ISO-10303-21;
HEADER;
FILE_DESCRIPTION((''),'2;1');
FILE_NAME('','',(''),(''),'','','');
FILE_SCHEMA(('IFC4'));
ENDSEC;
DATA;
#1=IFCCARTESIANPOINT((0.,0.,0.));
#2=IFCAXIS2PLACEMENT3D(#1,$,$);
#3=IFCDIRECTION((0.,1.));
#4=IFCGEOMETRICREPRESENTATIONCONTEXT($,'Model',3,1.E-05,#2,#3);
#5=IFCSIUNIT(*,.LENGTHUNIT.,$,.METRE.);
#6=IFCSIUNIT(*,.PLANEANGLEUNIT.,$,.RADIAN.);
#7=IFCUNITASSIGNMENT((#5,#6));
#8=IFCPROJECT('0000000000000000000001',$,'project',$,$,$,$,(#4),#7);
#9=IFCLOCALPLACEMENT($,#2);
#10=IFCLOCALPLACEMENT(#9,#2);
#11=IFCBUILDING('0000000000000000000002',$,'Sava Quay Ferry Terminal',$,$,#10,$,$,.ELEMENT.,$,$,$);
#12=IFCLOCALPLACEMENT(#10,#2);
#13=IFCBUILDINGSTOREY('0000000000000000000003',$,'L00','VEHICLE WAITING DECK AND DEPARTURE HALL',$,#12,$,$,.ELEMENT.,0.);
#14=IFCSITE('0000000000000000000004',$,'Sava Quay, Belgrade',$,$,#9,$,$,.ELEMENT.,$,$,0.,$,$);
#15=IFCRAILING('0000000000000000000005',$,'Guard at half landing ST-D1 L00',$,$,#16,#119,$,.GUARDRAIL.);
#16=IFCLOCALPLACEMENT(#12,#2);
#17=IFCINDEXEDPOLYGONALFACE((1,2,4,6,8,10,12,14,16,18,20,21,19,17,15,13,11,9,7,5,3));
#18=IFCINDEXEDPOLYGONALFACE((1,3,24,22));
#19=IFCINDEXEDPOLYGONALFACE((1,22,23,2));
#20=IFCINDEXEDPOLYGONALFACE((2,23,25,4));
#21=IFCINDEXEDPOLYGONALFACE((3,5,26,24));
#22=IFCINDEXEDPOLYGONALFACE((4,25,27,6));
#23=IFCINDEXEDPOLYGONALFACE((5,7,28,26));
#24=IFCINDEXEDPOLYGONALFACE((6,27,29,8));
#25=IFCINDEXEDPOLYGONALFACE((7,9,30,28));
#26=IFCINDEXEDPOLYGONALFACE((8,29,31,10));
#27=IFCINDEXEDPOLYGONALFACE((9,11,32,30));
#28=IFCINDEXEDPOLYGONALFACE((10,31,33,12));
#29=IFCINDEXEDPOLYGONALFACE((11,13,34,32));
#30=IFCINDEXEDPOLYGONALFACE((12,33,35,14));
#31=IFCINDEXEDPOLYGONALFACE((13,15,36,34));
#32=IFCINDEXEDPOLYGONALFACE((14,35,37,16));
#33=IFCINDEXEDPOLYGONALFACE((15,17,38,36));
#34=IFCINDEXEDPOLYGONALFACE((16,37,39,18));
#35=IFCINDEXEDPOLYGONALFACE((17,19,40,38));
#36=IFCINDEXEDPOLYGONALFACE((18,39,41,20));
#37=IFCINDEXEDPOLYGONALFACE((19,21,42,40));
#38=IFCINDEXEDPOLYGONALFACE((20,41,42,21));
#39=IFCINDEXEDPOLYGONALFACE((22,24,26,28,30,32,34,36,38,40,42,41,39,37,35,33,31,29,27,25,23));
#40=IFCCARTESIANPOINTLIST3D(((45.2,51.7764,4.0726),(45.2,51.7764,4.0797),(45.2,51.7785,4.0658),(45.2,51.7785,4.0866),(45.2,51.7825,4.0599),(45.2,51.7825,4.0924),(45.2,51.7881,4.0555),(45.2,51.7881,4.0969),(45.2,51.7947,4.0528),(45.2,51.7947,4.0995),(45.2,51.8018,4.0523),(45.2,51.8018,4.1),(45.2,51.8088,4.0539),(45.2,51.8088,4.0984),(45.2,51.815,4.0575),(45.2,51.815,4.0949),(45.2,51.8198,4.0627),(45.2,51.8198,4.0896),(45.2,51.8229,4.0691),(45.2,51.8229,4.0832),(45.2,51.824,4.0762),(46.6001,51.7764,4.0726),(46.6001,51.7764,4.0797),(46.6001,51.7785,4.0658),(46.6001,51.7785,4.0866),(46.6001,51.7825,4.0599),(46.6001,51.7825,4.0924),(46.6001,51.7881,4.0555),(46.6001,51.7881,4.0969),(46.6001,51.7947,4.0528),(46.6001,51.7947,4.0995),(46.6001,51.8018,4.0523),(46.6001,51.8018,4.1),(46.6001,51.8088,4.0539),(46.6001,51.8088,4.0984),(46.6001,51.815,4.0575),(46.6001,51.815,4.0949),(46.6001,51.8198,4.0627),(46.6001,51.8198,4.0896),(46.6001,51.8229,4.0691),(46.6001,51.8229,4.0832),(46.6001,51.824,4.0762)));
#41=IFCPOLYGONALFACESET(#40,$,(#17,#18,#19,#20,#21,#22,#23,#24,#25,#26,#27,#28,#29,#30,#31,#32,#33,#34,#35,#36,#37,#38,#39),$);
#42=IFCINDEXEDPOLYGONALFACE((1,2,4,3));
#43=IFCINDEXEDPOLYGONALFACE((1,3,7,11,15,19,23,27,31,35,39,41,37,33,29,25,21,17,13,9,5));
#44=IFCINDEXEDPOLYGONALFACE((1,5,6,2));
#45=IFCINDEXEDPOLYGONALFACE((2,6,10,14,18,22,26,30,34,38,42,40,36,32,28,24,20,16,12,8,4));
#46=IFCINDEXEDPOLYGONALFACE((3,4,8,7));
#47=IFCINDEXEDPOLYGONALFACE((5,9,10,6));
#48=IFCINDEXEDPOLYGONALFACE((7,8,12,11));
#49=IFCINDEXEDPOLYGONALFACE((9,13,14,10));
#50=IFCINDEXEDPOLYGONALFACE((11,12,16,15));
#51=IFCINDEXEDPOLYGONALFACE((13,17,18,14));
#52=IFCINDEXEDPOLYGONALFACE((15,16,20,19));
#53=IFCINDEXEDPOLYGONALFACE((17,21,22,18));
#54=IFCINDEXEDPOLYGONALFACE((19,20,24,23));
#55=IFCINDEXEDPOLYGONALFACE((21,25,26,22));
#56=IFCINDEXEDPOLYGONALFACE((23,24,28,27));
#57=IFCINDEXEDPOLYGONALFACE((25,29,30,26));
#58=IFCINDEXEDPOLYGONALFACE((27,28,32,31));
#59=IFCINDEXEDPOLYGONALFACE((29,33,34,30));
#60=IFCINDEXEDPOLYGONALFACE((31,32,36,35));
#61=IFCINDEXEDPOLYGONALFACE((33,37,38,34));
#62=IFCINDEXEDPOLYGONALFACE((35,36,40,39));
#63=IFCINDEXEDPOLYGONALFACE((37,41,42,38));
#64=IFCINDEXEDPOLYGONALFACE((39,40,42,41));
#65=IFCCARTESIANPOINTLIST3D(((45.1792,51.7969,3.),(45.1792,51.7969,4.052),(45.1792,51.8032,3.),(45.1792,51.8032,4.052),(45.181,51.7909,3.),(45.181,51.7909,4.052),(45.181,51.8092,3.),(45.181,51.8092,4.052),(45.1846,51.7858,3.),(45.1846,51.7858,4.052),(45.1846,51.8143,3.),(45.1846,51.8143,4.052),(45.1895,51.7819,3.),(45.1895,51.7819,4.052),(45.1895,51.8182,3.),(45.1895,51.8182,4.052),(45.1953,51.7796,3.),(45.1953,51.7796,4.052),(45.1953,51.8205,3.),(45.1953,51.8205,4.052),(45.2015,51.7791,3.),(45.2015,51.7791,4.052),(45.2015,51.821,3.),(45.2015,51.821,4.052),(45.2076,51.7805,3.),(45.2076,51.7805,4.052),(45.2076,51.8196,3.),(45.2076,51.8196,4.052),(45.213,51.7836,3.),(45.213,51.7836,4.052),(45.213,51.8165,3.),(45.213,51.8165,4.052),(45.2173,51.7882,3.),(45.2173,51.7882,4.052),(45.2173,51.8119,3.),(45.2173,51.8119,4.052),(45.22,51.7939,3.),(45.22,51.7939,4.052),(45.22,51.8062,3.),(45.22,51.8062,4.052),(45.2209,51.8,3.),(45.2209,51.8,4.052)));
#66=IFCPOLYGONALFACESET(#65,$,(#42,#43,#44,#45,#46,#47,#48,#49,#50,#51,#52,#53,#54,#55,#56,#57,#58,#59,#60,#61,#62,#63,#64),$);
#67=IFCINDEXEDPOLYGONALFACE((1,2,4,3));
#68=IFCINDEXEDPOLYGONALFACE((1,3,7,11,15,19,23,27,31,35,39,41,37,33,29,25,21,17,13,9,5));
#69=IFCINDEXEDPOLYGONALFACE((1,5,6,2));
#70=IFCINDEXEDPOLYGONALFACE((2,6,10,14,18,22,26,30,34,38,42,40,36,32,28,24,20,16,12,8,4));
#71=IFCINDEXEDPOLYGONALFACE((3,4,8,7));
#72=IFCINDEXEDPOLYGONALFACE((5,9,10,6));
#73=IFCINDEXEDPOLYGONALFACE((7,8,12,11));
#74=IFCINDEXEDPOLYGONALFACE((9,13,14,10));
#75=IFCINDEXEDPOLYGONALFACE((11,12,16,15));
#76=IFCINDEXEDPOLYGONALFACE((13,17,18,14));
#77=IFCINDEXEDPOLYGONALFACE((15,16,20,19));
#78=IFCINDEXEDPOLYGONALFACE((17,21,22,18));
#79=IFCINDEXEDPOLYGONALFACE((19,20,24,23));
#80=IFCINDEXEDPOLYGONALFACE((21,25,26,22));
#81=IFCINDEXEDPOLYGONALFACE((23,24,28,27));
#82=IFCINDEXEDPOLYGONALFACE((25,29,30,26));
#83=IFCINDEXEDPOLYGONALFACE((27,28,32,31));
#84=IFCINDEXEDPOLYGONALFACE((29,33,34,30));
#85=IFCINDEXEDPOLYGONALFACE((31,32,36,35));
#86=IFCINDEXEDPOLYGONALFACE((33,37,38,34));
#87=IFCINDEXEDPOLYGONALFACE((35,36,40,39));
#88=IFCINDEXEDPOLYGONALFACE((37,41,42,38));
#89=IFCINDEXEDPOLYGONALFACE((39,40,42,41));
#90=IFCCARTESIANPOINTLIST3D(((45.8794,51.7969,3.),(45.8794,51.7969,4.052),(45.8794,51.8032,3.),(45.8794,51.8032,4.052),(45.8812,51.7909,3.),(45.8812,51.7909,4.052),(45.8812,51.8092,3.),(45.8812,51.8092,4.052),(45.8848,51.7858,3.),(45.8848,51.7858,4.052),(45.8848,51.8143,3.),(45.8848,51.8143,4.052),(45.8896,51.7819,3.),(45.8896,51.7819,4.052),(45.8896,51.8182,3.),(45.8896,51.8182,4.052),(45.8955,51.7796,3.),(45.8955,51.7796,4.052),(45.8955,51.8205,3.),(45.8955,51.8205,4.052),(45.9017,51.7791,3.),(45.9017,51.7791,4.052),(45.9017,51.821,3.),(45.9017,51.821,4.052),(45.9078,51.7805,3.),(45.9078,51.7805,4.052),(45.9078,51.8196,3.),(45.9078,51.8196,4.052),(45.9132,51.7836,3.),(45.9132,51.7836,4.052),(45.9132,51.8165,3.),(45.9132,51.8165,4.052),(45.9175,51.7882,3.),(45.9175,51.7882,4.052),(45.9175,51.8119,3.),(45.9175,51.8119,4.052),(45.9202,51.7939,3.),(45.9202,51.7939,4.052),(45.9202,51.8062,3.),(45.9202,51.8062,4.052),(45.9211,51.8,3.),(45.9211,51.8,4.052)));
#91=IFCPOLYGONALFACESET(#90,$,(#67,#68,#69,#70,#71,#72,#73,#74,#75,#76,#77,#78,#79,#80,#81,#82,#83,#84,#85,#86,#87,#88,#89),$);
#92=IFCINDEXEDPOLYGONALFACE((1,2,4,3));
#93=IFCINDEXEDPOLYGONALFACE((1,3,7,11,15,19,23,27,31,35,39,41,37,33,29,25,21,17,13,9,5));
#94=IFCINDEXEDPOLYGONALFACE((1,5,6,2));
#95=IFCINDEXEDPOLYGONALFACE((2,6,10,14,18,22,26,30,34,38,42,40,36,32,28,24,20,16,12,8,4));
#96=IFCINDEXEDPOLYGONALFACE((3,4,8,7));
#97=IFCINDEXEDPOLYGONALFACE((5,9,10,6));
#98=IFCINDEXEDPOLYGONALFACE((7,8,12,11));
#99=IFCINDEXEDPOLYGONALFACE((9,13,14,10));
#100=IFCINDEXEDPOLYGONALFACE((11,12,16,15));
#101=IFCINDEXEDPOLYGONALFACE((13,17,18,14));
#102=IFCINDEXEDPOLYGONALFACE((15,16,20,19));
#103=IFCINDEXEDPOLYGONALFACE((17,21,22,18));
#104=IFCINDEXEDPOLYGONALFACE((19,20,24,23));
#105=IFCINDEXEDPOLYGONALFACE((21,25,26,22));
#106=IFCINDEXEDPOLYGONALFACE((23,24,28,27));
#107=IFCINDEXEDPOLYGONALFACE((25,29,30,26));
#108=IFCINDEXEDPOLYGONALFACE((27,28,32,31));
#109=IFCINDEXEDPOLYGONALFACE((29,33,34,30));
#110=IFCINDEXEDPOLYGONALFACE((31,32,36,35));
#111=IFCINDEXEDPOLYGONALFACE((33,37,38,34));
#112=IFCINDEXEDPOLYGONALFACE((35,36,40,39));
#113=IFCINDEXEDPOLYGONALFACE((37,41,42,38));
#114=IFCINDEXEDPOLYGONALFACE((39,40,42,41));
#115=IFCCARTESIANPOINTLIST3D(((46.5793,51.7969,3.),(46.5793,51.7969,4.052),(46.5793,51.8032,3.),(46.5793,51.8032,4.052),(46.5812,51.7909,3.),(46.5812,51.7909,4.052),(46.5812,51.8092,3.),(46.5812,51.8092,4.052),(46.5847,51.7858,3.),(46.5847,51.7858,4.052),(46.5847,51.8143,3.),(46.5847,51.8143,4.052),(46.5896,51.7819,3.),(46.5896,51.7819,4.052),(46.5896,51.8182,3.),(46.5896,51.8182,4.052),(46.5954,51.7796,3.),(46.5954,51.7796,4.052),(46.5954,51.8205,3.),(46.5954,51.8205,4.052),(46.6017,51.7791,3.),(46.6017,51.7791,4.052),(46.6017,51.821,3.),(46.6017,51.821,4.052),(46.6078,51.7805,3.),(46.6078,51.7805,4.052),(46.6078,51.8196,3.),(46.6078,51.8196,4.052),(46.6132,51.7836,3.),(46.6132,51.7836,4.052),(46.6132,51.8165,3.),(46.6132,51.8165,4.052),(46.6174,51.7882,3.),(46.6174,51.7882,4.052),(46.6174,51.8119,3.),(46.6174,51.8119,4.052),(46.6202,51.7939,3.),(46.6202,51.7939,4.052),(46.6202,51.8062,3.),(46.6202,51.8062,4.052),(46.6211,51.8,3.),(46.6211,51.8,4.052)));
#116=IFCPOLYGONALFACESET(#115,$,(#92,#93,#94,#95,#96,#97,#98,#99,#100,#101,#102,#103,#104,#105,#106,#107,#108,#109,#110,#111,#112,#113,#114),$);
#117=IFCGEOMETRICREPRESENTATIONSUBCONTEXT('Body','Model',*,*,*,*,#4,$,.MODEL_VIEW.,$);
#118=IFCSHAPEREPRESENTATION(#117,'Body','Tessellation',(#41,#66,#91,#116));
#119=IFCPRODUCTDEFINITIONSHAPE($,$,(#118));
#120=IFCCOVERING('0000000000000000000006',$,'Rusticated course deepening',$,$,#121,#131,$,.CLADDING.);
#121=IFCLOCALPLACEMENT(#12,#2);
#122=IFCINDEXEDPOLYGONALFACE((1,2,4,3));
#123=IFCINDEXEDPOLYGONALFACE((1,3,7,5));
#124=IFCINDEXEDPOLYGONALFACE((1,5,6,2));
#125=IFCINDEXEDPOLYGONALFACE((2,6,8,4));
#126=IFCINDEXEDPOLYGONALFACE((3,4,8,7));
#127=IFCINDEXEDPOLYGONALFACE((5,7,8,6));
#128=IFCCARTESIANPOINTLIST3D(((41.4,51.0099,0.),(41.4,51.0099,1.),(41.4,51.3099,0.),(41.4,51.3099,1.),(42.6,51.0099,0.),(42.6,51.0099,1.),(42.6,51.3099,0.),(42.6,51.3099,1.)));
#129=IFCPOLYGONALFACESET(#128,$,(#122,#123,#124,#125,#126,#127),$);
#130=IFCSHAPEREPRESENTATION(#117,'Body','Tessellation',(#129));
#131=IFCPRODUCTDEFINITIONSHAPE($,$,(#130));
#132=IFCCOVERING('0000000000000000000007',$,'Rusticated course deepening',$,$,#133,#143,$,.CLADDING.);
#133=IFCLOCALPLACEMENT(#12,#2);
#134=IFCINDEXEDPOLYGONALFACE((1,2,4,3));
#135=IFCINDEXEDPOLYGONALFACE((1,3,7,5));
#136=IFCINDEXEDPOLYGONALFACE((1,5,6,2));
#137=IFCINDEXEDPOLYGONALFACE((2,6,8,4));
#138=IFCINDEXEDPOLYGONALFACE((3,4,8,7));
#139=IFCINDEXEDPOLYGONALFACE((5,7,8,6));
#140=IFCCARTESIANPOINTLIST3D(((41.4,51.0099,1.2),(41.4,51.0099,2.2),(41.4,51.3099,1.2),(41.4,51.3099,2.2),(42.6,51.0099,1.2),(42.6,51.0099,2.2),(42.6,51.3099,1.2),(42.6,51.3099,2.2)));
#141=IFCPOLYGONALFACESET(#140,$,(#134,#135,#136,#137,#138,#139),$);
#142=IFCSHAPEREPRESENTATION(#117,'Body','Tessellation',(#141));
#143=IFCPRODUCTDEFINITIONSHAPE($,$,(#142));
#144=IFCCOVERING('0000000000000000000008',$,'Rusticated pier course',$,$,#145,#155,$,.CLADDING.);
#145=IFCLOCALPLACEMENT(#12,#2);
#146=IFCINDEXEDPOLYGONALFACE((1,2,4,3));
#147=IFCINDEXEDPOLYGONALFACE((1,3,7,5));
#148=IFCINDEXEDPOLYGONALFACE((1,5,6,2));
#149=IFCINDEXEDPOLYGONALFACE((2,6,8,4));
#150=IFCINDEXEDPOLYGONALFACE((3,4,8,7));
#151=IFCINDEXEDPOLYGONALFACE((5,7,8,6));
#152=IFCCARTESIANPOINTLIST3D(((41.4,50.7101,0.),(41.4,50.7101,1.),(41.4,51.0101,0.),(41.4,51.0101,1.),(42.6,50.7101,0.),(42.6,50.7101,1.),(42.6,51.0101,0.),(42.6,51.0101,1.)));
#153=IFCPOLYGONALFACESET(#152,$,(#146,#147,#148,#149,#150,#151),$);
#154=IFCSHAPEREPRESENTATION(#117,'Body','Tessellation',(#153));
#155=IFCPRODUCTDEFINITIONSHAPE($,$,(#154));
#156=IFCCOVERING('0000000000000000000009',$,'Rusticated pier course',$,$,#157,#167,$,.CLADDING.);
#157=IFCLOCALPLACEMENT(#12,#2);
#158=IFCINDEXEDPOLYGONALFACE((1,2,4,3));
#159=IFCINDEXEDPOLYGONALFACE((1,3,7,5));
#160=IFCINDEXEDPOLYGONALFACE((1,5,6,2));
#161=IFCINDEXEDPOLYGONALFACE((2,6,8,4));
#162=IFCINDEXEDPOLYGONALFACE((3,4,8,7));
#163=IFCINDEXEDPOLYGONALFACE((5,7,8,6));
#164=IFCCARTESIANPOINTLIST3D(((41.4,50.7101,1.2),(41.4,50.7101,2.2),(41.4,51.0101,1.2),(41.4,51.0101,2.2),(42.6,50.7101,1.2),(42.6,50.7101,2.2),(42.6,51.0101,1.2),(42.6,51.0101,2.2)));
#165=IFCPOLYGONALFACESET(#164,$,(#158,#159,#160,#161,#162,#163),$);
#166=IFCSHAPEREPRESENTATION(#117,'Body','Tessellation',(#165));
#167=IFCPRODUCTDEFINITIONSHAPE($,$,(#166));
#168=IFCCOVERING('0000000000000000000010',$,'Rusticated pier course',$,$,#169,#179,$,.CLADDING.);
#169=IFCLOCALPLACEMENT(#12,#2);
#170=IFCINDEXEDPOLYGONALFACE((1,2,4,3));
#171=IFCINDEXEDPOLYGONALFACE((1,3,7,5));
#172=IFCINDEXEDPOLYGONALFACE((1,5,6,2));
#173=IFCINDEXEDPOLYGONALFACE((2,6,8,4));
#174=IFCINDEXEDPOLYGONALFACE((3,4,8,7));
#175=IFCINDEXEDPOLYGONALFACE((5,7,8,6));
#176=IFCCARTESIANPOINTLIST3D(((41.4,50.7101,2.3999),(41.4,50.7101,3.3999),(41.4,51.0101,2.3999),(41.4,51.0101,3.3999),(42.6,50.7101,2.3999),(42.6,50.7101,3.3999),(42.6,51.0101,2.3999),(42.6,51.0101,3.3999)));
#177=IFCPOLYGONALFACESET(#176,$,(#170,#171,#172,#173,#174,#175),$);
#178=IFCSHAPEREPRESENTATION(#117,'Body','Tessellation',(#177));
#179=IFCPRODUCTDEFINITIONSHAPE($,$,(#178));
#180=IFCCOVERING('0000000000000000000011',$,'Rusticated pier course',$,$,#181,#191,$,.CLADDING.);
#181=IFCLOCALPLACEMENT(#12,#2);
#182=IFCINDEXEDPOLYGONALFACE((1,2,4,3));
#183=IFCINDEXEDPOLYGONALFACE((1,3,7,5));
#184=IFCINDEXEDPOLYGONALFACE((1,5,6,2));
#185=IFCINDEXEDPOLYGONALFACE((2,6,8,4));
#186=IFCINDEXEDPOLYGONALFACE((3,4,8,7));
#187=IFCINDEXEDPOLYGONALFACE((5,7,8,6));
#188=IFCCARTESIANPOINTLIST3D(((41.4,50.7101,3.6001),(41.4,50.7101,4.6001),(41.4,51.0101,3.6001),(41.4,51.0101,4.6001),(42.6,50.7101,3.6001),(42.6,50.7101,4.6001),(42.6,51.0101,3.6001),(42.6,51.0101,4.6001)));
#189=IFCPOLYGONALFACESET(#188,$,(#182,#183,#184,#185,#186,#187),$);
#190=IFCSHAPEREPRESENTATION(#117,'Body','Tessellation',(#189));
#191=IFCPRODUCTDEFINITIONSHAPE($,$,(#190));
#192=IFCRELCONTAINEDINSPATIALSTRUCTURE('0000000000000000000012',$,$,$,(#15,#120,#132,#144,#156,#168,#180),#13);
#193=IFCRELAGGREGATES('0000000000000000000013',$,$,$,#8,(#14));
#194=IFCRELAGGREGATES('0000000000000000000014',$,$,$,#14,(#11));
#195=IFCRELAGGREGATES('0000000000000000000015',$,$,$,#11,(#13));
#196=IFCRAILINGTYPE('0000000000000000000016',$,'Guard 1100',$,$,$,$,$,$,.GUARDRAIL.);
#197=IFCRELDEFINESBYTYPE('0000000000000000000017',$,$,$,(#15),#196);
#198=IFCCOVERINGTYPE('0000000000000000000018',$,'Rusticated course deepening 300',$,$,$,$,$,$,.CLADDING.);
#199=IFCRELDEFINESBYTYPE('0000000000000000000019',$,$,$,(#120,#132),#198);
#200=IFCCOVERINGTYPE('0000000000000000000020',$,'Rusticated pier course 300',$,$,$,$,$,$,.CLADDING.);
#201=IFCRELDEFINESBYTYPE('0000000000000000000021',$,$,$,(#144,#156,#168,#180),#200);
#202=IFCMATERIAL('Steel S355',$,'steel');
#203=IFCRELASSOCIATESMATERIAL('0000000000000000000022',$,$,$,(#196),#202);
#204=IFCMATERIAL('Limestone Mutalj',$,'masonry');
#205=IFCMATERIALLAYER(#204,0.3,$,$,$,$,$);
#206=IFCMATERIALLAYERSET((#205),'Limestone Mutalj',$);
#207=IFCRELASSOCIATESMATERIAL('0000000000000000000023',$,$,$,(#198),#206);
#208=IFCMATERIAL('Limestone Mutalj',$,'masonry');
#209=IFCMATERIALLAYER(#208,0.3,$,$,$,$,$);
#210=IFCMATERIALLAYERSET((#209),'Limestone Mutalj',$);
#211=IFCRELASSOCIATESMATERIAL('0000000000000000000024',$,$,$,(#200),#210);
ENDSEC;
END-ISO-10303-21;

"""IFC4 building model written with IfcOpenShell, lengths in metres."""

from ifc_helpers import new_model, si_unit, direction, frame, origin, origin_2d, place, context, subcontext, project, spatial, rectangle, circle, extrude, material, layer, layer_set, type_object, element, save


model = new_model("IFC4")

# Units and contexts
model_context = context("Model", 3, precision=1e-05, world=origin(), true_north=direction((0.0, 1.0)))
body_context = subcontext(model_context, "Body", "Model", "MODEL_VIEW")
ifc_project = project(units=[si_unit("LENGTHUNIT", "METRE"), si_unit("PLANEANGLEUNIT", "RADIAN")], contexts=[model_context])

# Site, building, storey
site_placement = place(None, origin())
site = spatial("IfcSite", under=ifc_project, at=site_placement, Name="Sava Quay, Belgrade", CompositionType="ELEMENT", RefElevation=0.0)
building_placement = place(site_placement, origin())
building = spatial("IfcBuilding", under=site, at=building_placement, Name="Sava Quay Ferry Terminal", CompositionType="ELEMENT")
storey_placement = place(building_placement, origin())
storey = spatial("IfcBuildingStorey", under=building, at=storey_placement, Name="L00", Description="VEHICLE WAITING DECK AND DEPARTURE HALL", CompositionType="ELEMENT", Elevation=0.0)

# Railing
ifc_material_1 = material(Name="Steel S355", Category="steel")
railing_type_1 = type_object("IfcRailingType", Name="Guard 1100", PredefinedType="GUARDRAIL", material=ifc_material_1)
railing_1_placement = place(storey_placement, frame((45.2, 51.8, 3.0)))
element("IfcRailing", 1, at=railing_1_placement, inside=storey, type_object=railing_type_1, Name="Guard at half landing ST-D1 L00", PredefinedType="GUARDRAIL", context=body_context, shape_type="SweptSolid", body=[
    extrude(circle(Radius=0.0239, at=origin_2d()), frame((0.0, 0.0, 1.0762), z_axis=(1.0, 0.0, 0.0), x_axis=(0.0, 1.0, 0.0)), (0.0, 0.0, 1.0), 1.4001),
    extrude(circle(Radius=0.021, at=origin_2d()), origin(), (0.0, 0.0, 1.0), 1.052),
    extrude(circle(Radius=0.021, at=origin_2d()), frame((0.7002, 0.0, 0.0)), (0.0, 0.0, 1.0), 1.052),
    extrude(circle(Radius=0.021, at=origin_2d()), frame((1.4001, 0.0, 0.0)), (0.0, 0.0, 1.0), 1.052),
])

# Coverings
ifc_material_2 = material(Name="Limestone Mutalj", Category="masonry")
ifc_layer_1 = layer(ifc_material_2, 0.3)
ifc_layer_set_1 = layer_set([ifc_layer_1], Name="Limestone Mutalj")
covering_type_1 = type_object("IfcCoveringType", Name="Rusticated course deepening 300", PredefinedType="CLADDING", material=ifc_layer_set_1)
for number, where, z_axis, x_axis, name in (
    (2, (42.0, 51.1599, 0.0), (0.0, 0.0, 1.0), (1.0, 0.0, 0.0), "Rusticated course deepening"),
    (3, (42.0, 51.1599, 1.2), (0.0, 0.0, 1.0), (1.0, 0.0, 0.0), "Rusticated course deepening"),
):
    element("IfcCovering", number, at=place(storey_placement, frame(where, z_axis=z_axis, x_axis=x_axis)), inside=storey, type_object=covering_type_1, Name=name, PredefinedType="CLADDING", context=body_context, shape_type="SweptSolid", body=[
        extrude(rectangle(XDim=1.2, YDim=0.3, at=origin_2d()), origin(), (0.0, 0.0, 1.0), 1.0),
    ])
ifc_material_3 = material(Name="Limestone Mutalj", Category="masonry")
ifc_layer_2 = layer(ifc_material_3, 0.3)
ifc_layer_set_2 = layer_set([ifc_layer_2], Name="Limestone Mutalj")
covering_type_2 = type_object("IfcCoveringType", Name="Rusticated pier course 300", PredefinedType="CLADDING", material=ifc_layer_set_2)
for number, where, z_axis, x_axis, name in (
    (4, (42.0, 50.8601, 0.0), (0.0, 0.0, 1.0), (1.0, 0.0, 0.0), "Rusticated pier course"),
    (5, (42.0, 50.8601, 1.2), (0.0, 0.0, 1.0), (1.0, 0.0, 0.0), "Rusticated pier course"),
    (6, (42.0, 50.8601, 2.3999), (0.0, 0.0, 1.0), (1.0, 0.0, 0.0), "Rusticated pier course"),
    (7, (42.0, 50.8601, 3.6001), (0.0, 0.0, 1.0), (1.0, 0.0, 0.0), "Rusticated pier course"),
):
    element("IfcCovering", number, at=place(storey_placement, frame(where, z_axis=z_axis, x_axis=x_axis)), inside=storey, type_object=covering_type_2, Name=name, PredefinedType="CLADDING", context=body_context, shape_type="SweptSolid", body=[
        extrude(rectangle(XDim=1.2, YDim=0.3, at=origin_2d()), origin(), (0.0, 0.0, 1.0), 1.0),
    ])

save(model, "model.ifc")
